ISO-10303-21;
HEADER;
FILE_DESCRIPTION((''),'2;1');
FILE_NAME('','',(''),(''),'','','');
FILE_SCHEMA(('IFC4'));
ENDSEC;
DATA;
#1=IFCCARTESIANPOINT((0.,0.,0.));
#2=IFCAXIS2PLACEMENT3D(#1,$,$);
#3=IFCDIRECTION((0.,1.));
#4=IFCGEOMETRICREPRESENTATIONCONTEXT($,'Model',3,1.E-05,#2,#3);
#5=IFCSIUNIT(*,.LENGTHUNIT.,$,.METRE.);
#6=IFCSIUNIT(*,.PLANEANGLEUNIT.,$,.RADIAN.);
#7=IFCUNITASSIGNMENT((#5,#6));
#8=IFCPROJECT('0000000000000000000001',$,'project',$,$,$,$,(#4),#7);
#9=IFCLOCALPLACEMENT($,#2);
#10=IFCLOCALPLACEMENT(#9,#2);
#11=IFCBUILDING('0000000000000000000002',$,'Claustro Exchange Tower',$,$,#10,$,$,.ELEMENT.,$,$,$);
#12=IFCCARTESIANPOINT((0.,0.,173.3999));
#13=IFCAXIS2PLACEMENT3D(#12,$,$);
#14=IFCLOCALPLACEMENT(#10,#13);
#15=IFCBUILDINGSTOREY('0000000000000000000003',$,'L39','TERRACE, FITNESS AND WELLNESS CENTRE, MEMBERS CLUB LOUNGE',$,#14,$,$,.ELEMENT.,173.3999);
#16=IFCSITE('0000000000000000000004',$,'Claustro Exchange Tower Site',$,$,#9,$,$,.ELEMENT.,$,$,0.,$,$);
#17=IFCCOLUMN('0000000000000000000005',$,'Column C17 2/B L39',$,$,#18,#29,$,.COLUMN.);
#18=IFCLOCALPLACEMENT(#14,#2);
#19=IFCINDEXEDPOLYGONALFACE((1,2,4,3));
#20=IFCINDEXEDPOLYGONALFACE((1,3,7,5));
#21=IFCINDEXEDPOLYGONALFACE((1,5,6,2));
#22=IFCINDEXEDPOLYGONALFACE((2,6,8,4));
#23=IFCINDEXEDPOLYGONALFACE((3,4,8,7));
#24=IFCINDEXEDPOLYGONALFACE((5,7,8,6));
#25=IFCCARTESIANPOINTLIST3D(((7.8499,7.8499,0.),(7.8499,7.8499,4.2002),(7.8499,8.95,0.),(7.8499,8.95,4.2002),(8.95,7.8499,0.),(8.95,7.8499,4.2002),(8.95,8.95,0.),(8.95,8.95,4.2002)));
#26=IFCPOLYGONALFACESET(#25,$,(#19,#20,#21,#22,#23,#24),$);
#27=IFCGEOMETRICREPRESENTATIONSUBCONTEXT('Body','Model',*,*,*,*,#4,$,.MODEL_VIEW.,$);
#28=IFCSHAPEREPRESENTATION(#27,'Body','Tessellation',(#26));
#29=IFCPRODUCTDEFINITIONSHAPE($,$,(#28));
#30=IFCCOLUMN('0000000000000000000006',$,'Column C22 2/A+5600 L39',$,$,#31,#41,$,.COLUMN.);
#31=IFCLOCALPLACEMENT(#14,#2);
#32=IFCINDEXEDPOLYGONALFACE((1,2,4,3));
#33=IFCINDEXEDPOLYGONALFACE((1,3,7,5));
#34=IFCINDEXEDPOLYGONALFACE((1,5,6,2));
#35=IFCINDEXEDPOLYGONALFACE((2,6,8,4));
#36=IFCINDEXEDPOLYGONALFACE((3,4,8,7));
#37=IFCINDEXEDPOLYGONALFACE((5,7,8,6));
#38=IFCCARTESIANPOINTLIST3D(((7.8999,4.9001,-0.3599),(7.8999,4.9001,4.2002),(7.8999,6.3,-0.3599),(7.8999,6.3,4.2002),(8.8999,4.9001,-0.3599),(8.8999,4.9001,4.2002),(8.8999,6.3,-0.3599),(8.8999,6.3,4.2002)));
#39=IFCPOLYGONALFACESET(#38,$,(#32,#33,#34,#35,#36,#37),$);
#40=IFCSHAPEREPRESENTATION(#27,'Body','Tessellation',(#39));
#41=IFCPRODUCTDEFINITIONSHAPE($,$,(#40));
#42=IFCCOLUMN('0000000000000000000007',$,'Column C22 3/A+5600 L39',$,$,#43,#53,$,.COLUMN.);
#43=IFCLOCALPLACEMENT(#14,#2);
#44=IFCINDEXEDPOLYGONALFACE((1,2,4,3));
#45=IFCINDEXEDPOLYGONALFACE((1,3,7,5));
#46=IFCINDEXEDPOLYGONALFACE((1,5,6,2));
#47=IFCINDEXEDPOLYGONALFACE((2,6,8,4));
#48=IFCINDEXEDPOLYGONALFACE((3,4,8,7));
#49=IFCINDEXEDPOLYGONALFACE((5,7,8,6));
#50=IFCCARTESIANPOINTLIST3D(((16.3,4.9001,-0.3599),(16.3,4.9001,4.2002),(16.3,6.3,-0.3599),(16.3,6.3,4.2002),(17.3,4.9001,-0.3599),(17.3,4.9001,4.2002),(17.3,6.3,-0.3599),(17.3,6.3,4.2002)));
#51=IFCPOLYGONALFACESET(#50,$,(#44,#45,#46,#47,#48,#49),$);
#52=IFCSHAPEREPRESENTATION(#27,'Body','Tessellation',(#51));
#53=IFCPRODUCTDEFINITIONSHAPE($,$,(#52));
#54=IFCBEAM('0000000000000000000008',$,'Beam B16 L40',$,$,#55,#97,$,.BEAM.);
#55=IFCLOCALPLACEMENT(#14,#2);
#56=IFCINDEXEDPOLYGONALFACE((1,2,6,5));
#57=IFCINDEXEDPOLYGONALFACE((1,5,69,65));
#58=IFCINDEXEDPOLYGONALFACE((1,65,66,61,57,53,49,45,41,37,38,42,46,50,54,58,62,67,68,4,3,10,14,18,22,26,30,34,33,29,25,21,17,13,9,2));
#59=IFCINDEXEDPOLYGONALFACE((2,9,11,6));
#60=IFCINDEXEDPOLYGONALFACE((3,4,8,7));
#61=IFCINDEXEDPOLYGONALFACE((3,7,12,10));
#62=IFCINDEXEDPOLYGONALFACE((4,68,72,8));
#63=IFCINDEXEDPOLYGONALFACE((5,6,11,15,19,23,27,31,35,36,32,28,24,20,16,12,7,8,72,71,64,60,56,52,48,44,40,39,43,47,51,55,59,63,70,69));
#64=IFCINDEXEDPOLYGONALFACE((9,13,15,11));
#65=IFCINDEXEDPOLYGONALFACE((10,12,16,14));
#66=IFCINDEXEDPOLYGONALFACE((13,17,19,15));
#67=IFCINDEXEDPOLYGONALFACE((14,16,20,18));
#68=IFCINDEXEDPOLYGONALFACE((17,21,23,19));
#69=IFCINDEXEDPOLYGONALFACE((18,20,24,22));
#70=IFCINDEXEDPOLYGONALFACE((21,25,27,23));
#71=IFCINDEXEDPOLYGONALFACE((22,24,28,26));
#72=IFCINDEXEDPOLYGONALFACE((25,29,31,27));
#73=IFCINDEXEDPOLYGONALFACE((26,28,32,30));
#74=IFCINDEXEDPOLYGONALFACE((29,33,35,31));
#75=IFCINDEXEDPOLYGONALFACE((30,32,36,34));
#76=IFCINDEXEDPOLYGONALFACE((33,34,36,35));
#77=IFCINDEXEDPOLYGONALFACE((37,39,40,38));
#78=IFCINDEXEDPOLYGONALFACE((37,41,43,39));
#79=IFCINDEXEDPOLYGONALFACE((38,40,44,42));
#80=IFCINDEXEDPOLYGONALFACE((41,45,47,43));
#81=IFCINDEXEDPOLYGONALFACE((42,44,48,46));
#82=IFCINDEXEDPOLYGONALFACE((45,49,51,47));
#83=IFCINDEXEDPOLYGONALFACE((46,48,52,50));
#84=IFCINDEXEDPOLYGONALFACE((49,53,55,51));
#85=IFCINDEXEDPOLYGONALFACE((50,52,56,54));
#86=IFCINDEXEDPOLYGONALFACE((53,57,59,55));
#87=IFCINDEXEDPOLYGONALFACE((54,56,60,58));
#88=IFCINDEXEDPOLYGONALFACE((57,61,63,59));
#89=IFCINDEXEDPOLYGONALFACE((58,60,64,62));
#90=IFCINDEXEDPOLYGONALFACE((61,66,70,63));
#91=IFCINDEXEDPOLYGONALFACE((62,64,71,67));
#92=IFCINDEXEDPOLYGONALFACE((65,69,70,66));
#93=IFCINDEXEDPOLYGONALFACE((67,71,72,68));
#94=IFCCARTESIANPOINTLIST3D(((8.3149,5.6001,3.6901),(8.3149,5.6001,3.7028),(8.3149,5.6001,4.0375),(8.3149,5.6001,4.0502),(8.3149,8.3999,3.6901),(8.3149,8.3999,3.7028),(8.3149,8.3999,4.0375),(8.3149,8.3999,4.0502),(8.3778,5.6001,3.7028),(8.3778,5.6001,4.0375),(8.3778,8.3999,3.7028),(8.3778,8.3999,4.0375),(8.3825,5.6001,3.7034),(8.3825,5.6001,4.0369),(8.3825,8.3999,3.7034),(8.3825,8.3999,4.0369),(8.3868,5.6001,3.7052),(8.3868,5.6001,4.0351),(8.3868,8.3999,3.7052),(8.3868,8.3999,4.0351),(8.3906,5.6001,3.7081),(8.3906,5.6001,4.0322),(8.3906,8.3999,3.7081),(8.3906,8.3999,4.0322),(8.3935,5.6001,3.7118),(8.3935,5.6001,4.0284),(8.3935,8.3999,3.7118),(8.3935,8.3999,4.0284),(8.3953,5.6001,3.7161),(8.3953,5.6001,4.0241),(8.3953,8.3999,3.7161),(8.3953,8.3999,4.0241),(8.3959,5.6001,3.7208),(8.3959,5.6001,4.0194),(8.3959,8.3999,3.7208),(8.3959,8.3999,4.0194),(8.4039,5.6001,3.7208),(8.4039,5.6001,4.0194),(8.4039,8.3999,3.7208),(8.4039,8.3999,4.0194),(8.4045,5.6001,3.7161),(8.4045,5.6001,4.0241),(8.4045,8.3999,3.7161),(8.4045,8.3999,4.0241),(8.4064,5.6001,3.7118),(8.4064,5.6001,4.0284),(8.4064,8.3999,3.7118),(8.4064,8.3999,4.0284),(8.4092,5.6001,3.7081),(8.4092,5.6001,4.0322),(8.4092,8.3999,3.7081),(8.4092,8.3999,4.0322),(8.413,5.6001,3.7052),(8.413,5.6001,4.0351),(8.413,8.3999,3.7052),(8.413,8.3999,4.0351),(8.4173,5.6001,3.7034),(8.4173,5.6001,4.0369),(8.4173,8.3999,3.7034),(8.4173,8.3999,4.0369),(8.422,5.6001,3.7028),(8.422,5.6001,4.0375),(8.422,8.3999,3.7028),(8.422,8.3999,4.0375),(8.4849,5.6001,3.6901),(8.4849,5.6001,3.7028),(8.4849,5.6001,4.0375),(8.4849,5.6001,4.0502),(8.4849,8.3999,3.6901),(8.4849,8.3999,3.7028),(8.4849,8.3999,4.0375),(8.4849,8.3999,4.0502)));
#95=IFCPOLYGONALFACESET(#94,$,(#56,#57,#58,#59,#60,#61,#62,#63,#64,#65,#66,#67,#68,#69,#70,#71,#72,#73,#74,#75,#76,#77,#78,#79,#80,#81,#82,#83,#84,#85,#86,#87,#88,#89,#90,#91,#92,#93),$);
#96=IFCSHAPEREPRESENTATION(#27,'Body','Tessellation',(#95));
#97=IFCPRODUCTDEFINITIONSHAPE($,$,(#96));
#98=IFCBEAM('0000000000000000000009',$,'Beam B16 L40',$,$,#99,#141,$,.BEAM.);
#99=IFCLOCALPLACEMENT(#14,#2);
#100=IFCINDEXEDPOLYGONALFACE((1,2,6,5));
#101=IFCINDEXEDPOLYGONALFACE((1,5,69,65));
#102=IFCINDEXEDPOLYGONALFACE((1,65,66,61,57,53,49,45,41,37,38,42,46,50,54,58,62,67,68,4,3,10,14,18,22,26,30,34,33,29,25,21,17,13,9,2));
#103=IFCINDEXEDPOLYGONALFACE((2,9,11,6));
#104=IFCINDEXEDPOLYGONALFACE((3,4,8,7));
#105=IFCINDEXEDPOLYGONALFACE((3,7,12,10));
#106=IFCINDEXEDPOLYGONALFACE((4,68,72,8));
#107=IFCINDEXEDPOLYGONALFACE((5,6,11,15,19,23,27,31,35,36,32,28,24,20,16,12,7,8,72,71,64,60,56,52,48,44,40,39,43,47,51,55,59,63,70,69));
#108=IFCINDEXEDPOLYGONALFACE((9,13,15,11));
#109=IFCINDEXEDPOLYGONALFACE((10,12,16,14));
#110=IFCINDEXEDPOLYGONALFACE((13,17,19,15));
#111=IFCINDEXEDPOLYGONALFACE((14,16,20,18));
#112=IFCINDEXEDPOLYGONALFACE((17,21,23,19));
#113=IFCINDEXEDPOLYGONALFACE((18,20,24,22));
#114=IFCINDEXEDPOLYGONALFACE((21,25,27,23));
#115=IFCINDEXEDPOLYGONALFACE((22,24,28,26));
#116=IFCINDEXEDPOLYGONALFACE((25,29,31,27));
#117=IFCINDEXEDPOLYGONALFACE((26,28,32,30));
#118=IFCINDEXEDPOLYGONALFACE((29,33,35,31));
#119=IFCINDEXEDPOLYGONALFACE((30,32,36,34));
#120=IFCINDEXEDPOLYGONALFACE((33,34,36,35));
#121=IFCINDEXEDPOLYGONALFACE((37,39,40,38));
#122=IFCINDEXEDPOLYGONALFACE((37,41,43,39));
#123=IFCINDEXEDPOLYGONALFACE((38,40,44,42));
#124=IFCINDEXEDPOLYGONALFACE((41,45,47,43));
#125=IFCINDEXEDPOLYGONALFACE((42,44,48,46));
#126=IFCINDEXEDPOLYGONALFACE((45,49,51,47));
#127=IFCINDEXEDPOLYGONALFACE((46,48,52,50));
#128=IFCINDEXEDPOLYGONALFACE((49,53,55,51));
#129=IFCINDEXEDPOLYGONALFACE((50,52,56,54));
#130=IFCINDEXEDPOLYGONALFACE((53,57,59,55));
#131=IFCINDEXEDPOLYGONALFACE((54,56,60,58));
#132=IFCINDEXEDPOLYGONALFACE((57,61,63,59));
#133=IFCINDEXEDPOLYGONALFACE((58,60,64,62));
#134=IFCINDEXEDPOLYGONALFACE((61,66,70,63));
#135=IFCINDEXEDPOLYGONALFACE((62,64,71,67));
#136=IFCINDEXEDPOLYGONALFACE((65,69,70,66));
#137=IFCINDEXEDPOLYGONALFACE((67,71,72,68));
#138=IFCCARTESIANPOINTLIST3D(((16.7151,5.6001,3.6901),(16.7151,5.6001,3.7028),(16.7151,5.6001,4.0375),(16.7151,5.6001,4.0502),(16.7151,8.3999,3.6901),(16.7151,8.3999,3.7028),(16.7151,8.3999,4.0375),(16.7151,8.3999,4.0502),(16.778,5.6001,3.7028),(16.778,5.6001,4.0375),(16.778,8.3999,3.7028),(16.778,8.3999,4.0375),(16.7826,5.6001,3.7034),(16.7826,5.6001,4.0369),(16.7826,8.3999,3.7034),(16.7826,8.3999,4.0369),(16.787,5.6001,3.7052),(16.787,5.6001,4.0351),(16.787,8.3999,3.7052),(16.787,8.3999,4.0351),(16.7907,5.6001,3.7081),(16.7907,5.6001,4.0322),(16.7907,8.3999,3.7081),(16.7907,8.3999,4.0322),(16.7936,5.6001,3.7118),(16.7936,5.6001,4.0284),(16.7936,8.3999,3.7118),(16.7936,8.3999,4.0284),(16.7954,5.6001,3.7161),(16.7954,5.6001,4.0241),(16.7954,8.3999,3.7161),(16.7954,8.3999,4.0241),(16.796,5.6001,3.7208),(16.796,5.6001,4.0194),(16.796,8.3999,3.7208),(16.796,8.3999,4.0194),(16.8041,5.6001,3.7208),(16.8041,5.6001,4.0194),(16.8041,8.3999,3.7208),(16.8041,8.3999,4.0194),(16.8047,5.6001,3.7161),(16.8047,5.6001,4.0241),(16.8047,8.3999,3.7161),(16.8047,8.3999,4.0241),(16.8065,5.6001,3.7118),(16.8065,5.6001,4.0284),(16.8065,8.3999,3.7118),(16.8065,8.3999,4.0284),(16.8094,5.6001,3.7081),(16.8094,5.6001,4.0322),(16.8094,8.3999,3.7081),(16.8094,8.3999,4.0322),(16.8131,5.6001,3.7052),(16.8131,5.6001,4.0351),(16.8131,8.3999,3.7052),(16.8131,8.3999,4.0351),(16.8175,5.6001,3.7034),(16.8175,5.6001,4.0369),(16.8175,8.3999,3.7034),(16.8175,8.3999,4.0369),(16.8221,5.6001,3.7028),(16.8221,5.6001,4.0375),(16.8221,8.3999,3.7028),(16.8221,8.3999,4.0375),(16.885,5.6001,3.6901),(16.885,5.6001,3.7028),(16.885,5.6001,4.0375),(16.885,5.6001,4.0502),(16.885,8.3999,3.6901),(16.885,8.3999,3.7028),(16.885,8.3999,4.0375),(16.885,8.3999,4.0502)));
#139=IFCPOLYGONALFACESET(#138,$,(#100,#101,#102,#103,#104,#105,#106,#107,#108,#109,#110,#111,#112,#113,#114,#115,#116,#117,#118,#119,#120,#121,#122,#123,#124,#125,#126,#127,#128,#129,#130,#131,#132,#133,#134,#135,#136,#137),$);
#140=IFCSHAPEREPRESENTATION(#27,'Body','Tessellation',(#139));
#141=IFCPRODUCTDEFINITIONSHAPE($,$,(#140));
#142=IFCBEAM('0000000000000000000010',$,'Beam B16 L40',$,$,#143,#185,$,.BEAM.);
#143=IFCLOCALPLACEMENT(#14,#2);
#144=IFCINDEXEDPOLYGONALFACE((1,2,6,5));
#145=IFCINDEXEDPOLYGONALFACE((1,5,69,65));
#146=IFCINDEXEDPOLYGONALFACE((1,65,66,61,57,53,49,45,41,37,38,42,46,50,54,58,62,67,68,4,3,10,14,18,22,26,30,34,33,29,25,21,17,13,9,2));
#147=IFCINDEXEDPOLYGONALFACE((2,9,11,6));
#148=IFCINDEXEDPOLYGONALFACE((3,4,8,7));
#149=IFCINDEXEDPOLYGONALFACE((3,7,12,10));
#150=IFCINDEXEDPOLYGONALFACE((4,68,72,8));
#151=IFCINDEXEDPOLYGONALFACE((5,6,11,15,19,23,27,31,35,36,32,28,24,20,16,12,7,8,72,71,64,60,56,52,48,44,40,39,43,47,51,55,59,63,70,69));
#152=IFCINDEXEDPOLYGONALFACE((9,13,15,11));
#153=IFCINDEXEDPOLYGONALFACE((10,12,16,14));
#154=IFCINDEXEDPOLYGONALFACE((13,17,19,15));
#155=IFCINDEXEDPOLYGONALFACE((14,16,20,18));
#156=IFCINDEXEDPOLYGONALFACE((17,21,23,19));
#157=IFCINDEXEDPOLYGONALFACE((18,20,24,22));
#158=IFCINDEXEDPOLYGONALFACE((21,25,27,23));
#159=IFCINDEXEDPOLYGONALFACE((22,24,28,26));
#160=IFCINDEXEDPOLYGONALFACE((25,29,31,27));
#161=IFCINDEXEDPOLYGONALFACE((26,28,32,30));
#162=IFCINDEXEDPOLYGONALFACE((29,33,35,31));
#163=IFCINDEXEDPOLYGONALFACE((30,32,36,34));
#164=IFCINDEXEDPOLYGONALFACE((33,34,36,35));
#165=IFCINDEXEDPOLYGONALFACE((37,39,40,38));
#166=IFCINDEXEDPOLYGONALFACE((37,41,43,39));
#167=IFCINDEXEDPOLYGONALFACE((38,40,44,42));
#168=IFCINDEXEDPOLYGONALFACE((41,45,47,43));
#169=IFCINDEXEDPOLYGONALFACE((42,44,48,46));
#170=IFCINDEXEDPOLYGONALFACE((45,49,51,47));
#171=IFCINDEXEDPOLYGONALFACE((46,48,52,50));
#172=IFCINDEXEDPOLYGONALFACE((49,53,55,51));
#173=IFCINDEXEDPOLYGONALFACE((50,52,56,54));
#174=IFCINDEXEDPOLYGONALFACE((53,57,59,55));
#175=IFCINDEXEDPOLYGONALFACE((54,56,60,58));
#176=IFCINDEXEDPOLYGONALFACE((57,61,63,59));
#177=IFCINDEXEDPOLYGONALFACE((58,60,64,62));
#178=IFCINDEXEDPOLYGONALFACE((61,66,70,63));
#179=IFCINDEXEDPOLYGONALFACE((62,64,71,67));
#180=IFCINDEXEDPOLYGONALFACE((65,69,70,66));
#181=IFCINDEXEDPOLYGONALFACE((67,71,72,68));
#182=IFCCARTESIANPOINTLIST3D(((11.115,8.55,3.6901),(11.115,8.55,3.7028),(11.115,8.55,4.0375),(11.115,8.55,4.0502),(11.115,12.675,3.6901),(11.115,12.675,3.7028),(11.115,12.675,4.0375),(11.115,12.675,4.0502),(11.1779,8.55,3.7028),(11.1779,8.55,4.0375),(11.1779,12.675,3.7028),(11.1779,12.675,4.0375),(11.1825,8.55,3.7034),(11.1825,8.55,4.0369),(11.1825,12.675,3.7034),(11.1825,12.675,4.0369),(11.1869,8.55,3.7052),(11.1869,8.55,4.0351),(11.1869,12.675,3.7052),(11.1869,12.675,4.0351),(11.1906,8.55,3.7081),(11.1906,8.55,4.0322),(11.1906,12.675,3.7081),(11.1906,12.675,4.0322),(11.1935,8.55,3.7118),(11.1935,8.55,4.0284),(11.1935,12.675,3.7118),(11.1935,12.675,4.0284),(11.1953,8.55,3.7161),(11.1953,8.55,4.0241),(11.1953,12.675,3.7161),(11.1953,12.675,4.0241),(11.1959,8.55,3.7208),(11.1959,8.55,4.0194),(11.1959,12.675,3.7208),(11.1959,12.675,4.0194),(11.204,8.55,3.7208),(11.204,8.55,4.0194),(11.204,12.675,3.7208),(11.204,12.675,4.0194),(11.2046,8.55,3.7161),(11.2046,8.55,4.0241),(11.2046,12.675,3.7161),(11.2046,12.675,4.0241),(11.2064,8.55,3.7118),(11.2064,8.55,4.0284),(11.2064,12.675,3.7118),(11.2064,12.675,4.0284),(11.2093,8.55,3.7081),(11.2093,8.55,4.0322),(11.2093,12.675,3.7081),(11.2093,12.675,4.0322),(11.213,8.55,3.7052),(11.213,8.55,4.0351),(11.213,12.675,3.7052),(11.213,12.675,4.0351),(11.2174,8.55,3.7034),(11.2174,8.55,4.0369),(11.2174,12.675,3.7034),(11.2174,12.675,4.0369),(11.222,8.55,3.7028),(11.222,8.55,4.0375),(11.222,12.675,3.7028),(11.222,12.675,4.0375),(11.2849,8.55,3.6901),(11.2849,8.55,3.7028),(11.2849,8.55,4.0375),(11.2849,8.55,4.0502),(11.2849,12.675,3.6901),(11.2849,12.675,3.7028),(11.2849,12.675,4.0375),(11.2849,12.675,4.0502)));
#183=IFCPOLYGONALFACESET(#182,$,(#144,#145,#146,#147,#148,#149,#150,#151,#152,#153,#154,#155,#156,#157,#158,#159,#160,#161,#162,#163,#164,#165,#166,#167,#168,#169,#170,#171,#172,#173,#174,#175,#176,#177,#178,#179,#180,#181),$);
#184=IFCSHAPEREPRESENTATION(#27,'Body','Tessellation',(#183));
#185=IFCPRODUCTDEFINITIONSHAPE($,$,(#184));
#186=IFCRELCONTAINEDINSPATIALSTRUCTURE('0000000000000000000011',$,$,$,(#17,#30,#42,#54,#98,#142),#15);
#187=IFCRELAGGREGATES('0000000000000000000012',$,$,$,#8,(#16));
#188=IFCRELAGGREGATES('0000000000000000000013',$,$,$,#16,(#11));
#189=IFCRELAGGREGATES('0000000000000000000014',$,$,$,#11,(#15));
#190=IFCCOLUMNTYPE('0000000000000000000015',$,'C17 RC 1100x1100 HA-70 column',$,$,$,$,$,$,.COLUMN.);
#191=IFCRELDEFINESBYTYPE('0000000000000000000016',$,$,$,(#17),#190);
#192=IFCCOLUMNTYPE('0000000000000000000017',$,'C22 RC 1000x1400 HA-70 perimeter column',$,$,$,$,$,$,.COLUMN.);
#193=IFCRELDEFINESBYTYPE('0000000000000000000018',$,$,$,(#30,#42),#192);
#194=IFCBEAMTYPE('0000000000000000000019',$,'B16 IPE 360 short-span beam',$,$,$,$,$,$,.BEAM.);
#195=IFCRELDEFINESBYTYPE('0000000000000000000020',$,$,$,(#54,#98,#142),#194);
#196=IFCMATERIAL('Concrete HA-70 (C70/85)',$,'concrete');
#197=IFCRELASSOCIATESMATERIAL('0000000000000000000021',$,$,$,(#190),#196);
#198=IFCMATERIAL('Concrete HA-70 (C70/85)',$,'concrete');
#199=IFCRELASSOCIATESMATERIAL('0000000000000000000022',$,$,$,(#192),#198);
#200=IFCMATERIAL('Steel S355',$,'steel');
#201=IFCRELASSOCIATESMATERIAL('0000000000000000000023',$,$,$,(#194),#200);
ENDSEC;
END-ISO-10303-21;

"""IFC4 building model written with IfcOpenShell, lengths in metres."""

from ifc_helpers import new_model, si_unit, direction, frame, origin, origin_2d, place, context, subcontext, project, spatial, rectangle, i_section, extrude, material, material_profile, profile_set, type_object, element, save


model = new_model("IFC4")

# Units and contexts
model_context = context("Model", 3, precision=1e-05, world=origin(), true_north=direction((0.0, 1.0)))
body_context = subcontext(model_context, "Body", "Model", "MODEL_VIEW")
ifc_project = project(units=[si_unit("LENGTHUNIT", "METRE"), si_unit("PLANEANGLEUNIT", "RADIAN")], contexts=[model_context])

# Site, building, storey
site_placement = place(None, origin())
site = spatial("IfcSite", under=ifc_project, at=site_placement, Name="Claustro Exchange Tower Site", CompositionType="ELEMENT", RefElevation=0.0)
building_placement = place(site_placement, origin())
building = spatial("IfcBuilding", under=site, at=building_placement, Name="Claustro Exchange Tower", CompositionType="ELEMENT")
storey_placement = place(building_placement, frame((0.0, 0.0, 173.3999)))
storey = spatial("IfcBuildingStorey", under=building, at=storey_placement, Name="L39", Description="TERRACE, FITNESS AND WELLNESS CENTRE, MEMBERS CLUB LOUNGE", CompositionType="ELEMENT", Elevation=173.3999)

# Columns
ifc_material_1 = material(Name="Concrete HA-70 (C70/85)", Category="concrete")
ifc_material_profile_1 = material_profile(ifc_material_1, rectangle(XDim=1.1001, YDim=1.1001, at=origin_2d()), Name="RC 1100x1100")
ifc_profile_set_1 = profile_set([ifc_material_profile_1], Name="Concrete HA-70 (C70/85)")
column_type_1 = type_object("IfcColumnType", Name="C17 RC 1100x1100 HA-70 column", PredefinedType="COLUMN", material=ifc_profile_set_1)
column_placement = place(storey_placement, frame((8.3999, 8.3999, 0.0), z_axis=(0.0, 0.0, 1.0), x_axis=(1.0, 0.0, 0.0)))
element("IfcColumn", 1, at=column_placement, inside=storey, type_object=column_type_1, Name="Column C17 2/B L39", PredefinedType="COLUMN", context=body_context, shape_type="SweptSolid", body=[
    extrude(rectangle(XDim=1.1001, YDim=1.1001, at=origin_2d()), origin(), (0.0, 0.0, 1.0), 4.2002),
])
ifc_material_2 = material(Name="Concrete HA-70 (C70/85)", Category="concrete")
ifc_material_profile_2 = material_profile(ifc_material_2, rectangle(XDim=1.0, YDim=1.3999, at=origin_2d()), Name="RC 1000x1400")
ifc_profile_set_2 = profile_set([ifc_material_profile_2], Name="Concrete HA-70 (C70/85)")
column_type_2 = type_object("IfcColumnType", Name="C22 RC 1000x1400 HA-70 perimeter column", PredefinedType="COLUMN", material=ifc_profile_set_2)
for number, where, z_axis, x_axis, name in (
    (2, (8.3999, 5.6001, -0.3599), (0.0, 0.0, 1.0), (1.0, 0.0, 0.0), "Column C22 2/A+5600 L39"),
    (3, (16.8, 5.6001, -0.3599), (0.0, 0.0, 1.0), (1.0, 0.0, 0.0), "Column C22 3/A+5600 L39"),
):
    element("IfcColumn", number, at=place(storey_placement, frame(where, z_axis=z_axis, x_axis=x_axis)), inside=storey, type_object=column_type_2, Name=name, PredefinedType="COLUMN", context=body_context, shape_type="SweptSolid", body=[
        extrude(rectangle(XDim=1.0, YDim=1.3999, at=origin_2d()), origin(), (0.0, 0.0, 1.0), 4.5601),
    ])

# Beams
ifc_material_3 = material(Name="Steel S355", Category="steel")
ifc_material_profile_3 = material_profile(ifc_material_3, i_section(OverallWidth=0.1699, OverallDepth=0.3601, WebThickness=0.0081, FlangeThickness=0.0127, FilletRadius=0.0181, at=origin_2d()), Name="IPE 360")
ifc_profile_set_3 = profile_set([ifc_material_profile_3], Name="Steel S355")
beam_type_1 = type_object("IfcBeamType", Name="B16 IPE 360 short-span beam", PredefinedType="BEAM", material=ifc_profile_set_3)
for number, where, z_axis, x_axis, name in (
    (4, (8.3999, 5.6001, 3.8701), (0.0, 1.0, 0.0), (-1.0, 0.0, 0.0), "Beam B16 L40"),
    (5, (16.8, 5.6001, 3.8701), (0.0, 1.0, 0.0), (-1.0, 0.0, 0.0), "Beam B16 L40"),
):
    element("IfcBeam", number, at=place(storey_placement, frame(where, z_axis=z_axis, x_axis=x_axis)), inside=storey, type_object=beam_type_1, Name=name, PredefinedType="BEAM", context=body_context, shape_type="SweptSolid", body=[
        extrude(i_section(OverallWidth=0.1699, OverallDepth=0.3601, WebThickness=0.0081, FlangeThickness=0.0127, FilletRadius=0.0181, at=origin_2d()), origin(), (0.0, 0.0, 1.0), 2.7998),
    ])
beam_1_placement = place(storey_placement, frame((11.2, 8.55, 3.8701), z_axis=(0.0, 1.0, 0.0), x_axis=(-1.0, 0.0, 0.0)))
element("IfcBeam", 6, at=beam_1_placement, inside=storey, type_object=beam_type_1, Name="Beam B16 L40", PredefinedType="BEAM", context=body_context, shape_type="SweptSolid", body=[
    extrude(i_section(OverallWidth=0.1699, OverallDepth=0.3601, WebThickness=0.0081, FlangeThickness=0.0127, FilletRadius=0.0181, at=origin_2d()), origin(), (0.0, 0.0, 1.0), 4.125),
])

save(model, "model.ifc")
